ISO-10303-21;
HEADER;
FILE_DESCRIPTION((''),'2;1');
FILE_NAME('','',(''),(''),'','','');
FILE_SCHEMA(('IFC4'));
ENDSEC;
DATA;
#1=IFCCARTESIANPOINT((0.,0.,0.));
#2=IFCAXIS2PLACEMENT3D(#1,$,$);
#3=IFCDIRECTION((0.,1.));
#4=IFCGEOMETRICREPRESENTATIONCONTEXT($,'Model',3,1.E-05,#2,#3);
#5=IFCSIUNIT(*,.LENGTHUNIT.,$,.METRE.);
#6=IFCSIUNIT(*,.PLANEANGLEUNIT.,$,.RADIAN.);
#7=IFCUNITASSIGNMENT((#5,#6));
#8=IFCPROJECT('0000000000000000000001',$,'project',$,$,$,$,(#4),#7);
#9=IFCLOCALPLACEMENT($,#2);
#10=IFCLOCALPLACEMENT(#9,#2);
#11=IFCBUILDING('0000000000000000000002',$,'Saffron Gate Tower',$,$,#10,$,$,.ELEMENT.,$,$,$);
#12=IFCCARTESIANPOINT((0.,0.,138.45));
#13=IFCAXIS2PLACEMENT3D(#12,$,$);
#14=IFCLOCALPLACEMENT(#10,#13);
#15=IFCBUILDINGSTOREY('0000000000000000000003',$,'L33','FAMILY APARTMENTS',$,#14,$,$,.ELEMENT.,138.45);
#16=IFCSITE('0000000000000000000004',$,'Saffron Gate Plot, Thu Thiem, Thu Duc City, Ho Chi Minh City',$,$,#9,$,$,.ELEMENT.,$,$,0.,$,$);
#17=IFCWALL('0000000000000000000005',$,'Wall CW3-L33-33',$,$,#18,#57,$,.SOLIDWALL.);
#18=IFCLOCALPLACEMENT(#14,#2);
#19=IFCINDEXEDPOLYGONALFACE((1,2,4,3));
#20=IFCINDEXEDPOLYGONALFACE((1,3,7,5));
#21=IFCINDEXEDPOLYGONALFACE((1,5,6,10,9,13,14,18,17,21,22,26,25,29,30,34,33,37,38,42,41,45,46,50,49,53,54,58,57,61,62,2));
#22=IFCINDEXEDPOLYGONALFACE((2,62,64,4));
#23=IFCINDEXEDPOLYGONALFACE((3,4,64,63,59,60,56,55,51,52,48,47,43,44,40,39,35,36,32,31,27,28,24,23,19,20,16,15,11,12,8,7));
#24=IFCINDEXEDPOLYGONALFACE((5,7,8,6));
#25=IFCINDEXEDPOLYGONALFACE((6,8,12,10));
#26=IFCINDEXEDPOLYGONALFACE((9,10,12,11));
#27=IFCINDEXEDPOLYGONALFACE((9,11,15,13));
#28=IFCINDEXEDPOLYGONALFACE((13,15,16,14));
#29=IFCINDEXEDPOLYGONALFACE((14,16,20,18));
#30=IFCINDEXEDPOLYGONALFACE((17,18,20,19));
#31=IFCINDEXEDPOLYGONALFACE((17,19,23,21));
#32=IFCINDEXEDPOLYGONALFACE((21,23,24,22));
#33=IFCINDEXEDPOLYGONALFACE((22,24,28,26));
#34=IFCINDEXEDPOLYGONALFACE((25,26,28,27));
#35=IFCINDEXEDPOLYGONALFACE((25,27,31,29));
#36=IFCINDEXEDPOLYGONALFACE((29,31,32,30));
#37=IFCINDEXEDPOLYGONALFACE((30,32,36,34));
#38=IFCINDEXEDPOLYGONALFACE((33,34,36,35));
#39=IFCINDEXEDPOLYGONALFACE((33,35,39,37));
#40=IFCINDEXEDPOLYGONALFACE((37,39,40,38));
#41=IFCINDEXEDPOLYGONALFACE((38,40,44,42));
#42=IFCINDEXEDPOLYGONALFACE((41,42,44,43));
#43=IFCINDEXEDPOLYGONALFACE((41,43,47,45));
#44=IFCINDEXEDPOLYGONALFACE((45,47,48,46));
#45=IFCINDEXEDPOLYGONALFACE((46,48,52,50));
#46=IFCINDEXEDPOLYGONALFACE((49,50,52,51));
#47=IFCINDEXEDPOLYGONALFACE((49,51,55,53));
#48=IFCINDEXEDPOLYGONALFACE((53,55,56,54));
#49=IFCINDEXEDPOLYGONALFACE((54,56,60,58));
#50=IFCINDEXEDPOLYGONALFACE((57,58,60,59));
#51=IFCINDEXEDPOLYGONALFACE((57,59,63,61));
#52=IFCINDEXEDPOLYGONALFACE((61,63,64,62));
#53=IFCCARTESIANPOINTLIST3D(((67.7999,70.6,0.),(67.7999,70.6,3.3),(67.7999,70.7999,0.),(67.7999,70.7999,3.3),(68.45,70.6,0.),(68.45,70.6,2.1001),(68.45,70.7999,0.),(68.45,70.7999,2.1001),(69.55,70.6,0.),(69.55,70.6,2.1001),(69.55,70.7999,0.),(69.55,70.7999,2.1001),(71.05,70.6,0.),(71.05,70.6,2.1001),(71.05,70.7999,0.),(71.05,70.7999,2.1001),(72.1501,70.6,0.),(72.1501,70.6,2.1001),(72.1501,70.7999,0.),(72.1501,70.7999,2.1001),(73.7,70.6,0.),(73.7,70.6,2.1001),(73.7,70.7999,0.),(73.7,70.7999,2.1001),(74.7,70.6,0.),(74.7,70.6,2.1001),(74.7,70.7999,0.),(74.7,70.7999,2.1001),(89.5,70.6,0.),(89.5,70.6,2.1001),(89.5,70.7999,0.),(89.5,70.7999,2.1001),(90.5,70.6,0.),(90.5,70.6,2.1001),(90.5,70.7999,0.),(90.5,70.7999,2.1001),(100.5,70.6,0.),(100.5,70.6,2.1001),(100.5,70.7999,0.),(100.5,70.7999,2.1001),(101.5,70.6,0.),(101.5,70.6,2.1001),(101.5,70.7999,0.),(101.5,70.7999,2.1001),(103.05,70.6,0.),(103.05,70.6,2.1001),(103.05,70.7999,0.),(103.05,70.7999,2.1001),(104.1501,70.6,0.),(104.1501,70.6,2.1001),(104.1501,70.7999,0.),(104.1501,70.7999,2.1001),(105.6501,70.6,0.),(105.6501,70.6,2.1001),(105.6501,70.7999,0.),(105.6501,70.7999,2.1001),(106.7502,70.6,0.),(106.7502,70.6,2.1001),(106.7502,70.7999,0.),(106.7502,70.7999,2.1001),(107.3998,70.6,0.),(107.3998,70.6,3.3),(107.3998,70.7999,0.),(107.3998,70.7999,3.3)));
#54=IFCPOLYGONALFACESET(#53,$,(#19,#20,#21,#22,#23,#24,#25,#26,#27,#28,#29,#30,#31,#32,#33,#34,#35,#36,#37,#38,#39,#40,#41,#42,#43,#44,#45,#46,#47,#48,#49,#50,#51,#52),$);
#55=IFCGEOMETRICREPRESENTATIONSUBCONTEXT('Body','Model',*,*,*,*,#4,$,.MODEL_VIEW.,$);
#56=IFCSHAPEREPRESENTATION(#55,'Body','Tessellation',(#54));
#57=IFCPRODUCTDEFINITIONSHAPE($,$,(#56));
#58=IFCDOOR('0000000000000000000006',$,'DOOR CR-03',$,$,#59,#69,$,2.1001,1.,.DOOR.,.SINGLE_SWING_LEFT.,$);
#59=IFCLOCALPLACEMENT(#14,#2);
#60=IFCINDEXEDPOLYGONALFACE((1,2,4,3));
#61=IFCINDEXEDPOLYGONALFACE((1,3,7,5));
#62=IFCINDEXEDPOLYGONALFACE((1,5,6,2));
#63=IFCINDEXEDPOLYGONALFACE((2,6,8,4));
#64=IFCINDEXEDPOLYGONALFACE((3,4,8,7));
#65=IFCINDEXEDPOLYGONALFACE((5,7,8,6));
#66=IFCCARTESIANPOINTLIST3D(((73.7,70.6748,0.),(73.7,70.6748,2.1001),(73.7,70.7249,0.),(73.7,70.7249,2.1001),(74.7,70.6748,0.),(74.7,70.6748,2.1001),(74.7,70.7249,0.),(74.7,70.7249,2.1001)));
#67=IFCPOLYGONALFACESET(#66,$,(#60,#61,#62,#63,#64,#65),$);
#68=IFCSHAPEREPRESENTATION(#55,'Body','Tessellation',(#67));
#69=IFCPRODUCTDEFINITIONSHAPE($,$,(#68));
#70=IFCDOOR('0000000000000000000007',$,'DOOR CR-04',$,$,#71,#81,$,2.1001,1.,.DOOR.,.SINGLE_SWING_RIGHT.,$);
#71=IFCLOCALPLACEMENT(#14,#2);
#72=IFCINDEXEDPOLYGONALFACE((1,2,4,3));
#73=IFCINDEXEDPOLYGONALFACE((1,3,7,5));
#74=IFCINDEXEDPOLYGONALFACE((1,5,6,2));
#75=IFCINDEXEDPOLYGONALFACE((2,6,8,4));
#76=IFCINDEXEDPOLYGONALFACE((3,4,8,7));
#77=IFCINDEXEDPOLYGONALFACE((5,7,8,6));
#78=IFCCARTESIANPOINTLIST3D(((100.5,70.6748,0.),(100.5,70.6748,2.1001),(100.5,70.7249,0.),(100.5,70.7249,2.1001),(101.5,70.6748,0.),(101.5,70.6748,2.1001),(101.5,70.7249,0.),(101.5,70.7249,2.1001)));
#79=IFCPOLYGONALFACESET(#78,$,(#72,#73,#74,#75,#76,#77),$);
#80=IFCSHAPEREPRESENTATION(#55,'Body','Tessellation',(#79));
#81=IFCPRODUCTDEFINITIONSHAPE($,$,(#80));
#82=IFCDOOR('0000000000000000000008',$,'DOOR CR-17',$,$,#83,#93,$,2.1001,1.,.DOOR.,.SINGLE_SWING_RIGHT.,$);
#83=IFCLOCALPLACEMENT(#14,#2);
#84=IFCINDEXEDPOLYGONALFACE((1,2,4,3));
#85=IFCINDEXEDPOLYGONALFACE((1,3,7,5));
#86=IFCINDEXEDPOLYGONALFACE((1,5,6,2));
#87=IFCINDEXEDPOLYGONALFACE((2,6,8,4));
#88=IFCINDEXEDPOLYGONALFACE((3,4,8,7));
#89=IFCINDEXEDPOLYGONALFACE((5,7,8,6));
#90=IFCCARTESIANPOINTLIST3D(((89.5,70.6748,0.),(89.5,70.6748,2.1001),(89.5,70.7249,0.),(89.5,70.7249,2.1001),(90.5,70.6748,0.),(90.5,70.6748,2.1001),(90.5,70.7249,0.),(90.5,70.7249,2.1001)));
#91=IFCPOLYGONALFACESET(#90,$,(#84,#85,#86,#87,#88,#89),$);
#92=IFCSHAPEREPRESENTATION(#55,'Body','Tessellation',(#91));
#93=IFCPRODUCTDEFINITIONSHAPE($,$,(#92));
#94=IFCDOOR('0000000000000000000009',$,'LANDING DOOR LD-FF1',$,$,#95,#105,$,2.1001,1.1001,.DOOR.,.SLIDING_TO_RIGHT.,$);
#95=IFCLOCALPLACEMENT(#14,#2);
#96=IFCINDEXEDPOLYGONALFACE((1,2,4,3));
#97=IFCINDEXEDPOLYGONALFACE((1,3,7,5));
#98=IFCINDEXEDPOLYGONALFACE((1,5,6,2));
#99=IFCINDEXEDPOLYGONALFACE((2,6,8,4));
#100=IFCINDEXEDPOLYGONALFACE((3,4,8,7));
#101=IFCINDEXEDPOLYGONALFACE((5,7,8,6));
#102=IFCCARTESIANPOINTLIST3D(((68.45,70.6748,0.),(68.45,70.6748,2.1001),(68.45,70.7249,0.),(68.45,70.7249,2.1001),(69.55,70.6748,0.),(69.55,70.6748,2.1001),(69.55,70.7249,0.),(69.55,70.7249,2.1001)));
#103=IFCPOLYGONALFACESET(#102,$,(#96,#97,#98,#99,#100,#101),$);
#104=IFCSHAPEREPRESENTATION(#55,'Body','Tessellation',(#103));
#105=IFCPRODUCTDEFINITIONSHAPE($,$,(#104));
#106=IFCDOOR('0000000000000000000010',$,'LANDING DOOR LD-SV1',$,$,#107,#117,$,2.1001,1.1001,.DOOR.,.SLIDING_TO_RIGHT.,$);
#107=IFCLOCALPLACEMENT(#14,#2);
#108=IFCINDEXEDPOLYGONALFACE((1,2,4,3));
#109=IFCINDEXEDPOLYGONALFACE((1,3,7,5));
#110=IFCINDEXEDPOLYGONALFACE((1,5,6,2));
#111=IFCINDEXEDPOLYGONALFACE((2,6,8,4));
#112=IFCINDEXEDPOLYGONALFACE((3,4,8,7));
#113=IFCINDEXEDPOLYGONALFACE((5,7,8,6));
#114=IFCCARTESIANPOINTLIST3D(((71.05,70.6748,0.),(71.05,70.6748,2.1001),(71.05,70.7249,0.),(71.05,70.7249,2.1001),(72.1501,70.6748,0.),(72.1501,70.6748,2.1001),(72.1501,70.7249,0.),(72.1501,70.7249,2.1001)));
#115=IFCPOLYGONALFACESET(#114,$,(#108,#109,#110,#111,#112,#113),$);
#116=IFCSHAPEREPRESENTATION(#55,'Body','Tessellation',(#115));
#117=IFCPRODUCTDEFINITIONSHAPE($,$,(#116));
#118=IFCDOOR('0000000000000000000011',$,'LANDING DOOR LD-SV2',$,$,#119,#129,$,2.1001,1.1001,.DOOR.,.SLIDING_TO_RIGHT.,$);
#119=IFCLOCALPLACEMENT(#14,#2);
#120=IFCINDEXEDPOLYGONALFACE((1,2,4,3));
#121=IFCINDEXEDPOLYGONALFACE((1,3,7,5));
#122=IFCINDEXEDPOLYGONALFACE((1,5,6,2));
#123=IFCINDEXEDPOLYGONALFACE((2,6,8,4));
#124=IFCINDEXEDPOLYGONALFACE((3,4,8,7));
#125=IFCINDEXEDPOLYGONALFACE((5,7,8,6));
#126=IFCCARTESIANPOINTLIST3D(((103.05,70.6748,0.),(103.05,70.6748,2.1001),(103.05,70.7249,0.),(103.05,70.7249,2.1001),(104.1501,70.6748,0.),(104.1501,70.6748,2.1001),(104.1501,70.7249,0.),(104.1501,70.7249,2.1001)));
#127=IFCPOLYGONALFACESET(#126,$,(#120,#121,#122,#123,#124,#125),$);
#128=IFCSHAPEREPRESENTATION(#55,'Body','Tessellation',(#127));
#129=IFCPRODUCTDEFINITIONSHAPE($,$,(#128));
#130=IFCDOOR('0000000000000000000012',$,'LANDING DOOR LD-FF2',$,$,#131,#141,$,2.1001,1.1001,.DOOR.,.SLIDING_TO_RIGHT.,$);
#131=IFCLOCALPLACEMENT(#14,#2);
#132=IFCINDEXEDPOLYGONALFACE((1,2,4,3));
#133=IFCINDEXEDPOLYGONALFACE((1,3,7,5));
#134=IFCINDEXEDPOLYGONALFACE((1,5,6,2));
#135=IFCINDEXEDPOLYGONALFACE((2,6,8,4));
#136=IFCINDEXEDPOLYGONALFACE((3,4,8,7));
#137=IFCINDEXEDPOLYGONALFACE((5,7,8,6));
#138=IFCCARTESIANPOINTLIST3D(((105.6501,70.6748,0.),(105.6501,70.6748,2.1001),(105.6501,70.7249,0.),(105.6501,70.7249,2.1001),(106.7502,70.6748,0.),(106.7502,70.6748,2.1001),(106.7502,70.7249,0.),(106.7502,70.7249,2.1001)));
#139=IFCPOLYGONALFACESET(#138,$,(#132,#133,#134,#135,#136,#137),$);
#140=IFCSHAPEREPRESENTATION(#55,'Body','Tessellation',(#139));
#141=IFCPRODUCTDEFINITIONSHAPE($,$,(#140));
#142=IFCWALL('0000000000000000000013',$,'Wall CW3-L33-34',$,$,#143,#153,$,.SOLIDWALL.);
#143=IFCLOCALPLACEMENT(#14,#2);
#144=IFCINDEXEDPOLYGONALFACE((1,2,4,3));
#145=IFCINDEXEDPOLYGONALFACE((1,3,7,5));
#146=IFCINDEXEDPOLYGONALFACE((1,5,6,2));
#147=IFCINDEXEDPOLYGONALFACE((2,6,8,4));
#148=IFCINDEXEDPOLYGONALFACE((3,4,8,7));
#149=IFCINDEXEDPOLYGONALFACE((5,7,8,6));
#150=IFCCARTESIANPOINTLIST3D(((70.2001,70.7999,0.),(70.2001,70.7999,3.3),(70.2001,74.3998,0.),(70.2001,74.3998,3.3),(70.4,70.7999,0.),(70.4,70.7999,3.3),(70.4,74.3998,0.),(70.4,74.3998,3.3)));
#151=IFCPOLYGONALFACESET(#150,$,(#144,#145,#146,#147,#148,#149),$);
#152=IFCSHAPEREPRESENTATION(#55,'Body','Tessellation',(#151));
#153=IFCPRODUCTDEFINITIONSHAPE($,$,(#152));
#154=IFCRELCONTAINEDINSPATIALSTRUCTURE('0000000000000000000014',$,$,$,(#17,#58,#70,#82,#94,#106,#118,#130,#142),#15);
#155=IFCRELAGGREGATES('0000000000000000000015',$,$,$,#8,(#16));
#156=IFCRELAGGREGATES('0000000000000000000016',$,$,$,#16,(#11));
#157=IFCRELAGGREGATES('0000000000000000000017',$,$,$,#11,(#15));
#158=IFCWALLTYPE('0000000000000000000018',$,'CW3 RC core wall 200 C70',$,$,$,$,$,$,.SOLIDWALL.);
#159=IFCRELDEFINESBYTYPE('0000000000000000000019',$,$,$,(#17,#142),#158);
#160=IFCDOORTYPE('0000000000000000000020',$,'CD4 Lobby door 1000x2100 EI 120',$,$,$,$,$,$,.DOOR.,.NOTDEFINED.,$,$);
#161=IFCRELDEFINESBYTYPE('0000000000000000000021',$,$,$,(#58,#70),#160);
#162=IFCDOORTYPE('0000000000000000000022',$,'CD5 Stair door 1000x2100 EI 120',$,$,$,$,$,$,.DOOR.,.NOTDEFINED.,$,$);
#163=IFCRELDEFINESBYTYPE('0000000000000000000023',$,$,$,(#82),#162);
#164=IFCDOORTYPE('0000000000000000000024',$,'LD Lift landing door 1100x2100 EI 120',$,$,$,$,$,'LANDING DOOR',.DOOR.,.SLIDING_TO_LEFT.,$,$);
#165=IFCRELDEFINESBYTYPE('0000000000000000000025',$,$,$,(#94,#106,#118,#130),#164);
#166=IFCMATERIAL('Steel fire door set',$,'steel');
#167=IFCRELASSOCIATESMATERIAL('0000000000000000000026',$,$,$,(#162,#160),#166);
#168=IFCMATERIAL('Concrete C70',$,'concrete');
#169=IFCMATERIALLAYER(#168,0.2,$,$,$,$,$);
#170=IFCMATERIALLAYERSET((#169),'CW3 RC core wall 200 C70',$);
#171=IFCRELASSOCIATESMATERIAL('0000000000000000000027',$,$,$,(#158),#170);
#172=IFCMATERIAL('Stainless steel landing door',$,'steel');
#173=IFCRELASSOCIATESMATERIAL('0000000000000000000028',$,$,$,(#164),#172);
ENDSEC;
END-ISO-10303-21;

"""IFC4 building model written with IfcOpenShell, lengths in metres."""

from ifc_helpers import new_model, si_unit, direction, frame, frame_2d, origin, place, context, subcontext, project, spatial, rectangle, extrude, material, layer, layer_set, type_object, element, fill, save


model = new_model("IFC4")

# Units and contexts
model_context = context("Model", 3, precision=1e-05, world=origin(), true_north=direction((0.0, 1.0)))
body_context = subcontext(model_context, "Body", "Model", "MODEL_VIEW")
ifc_project = project(units=[si_unit("LENGTHUNIT", "METRE"), si_unit("PLANEANGLEUNIT", "RADIAN")], contexts=[model_context])

# Site, building, storey
site_placement = place(None, origin())
site = spatial("IfcSite", under=ifc_project, at=site_placement, Name="Saffron Gate Plot, Thu Thiem, Thu Duc City, Ho Chi Minh City", CompositionType="ELEMENT", RefElevation=0.0)
building_placement = place(site_placement, origin())
building = spatial("IfcBuilding", under=site, at=building_placement, Name="Saffron Gate Tower", CompositionType="ELEMENT")
storey_placement = place(building_placement, frame((0.0, 0.0, 138.45)))
storey = spatial("IfcBuildingStorey", under=building, at=storey_placement, Name="L33", Description="FAMILY APARTMENTS", CompositionType="ELEMENT", Elevation=138.45)

# Wall, openings, doors
ifc_material_1 = material(Name="Concrete C70", Category="concrete")
ifc_material_2 = material(Name="Steel fire door set", Category="steel")
door_type_1 = type_object("IfcDoorType", Name="CD5 Stair door 1000x2100 EI 120", OperationType="NOTDEFINED", PredefinedType="DOOR", material=ifc_material_2)
ifc_layer_1 = layer(ifc_material_1, 0.2)
ifc_layer_set_1 = layer_set([ifc_layer_1], Name="CW3 RC core wall 200 C70")
wall_type_1 = type_object("IfcWallType", Name="CW3 RC core wall 200 C70", PredefinedType="SOLIDWALL", material=ifc_layer_set_1)
wall_1_placement = place(storey_placement, frame((67.8, 70.7, 0.0), z_axis=(0.0, 0.0, 1.0), x_axis=(1.0, 0.0, 0.0)))
wall_1 = element("IfcWall", 1, at=wall_1_placement, inside=storey, type_object=wall_type_1, Name="Wall CW3-L33-33", PredefinedType="SOLIDWALL", context=body_context, shape_type="SweptSolid", body=[
    extrude(rectangle(XDim=39.5999, YDim=0.2, at=frame_2d((19.7998, 0.0))), origin(), (0.0, 0.0, 1.0), 3.3),
])
opening_1_placement = place(wall_1_placement, frame((0.6499, 0.0, 0.0)))
opening_1 = element("IfcOpeningElement", 2, at=opening_1_placement, cuts=wall_1, PredefinedType="OPENING", context=body_context, shape_type="SweptSolid", body=[
    extrude(rectangle(XDim=1.1001, YDim=2.1001, at=frame_2d((0.55, 1.05))), frame((0.0, 0.1099, 0.0), z_axis=(0.0, -1.0, 0.0), x_axis=(1.0, 0.0, 0.0)), (0.0, 0.0, 1.0), 0.22),
])
opening_2_placement = place(wall_1_placement, frame((3.25, 0.0, 0.0)))
opening_2 = element("IfcOpeningElement", 3, at=opening_2_placement, cuts=wall_1, PredefinedType="OPENING", context=body_context, shape_type="SweptSolid", body=[
    extrude(rectangle(XDim=1.1001, YDim=2.1001, at=frame_2d((0.55, 1.05))), frame((0.0, 0.1099, 0.0), z_axis=(0.0, -1.0, 0.0), x_axis=(1.0, 0.0, 0.0)), (0.0, 0.0, 1.0), 0.22),
])
opening_3_placement = place(wall_1_placement, frame((5.8999, 0.0, 0.0)))
opening_3 = element("IfcOpeningElement", 4, at=opening_3_placement, cuts=wall_1, PredefinedType="OPENING", context=body_context, shape_type="SweptSolid", body=[
    extrude(rectangle(XDim=1.0, YDim=2.1001, at=frame_2d((0.5, 1.05))), frame((0.0, 0.1099, 0.0), z_axis=(0.0, -1.0, 0.0), x_axis=(1.0, 0.0, 0.0)), (0.0, 0.0, 1.0), 0.22),
])
opening_4_placement = place(wall_1_placement, frame((21.7, 0.0, 0.0)))
opening_4 = element("IfcOpeningElement", 5, at=opening_4_placement, cuts=wall_1, PredefinedType="OPENING", context=body_context, shape_type="SweptSolid", body=[
    extrude(rectangle(XDim=1.0, YDim=2.1001, at=frame_2d((0.5, 1.05))), frame((0.0, 0.1099, 0.0), z_axis=(0.0, -1.0, 0.0), x_axis=(1.0, 0.0, 0.0)), (0.0, 0.0, 1.0), 0.22),
])
opening_5_placement = place(wall_1_placement, frame((32.7, 0.0, 0.0)))
opening_5 = element("IfcOpeningElement", 6, at=opening_5_placement, cuts=wall_1, PredefinedType="OPENING", context=body_context, shape_type="SweptSolid", body=[
    extrude(rectangle(XDim=1.0, YDim=2.1001, at=frame_2d((0.5, 1.05))), frame((0.0, 0.1099, 0.0), z_axis=(0.0, -1.0, 0.0), x_axis=(1.0, 0.0, 0.0)), (0.0, 0.0, 1.0), 0.22),
])
opening_6_placement = place(wall_1_placement, frame((35.25, 0.0, 0.0)))
opening_6 = element("IfcOpeningElement", 7, at=opening_6_placement, cuts=wall_1, PredefinedType="OPENING", context=body_context, shape_type="SweptSolid", body=[
    extrude(rectangle(XDim=1.1001, YDim=2.1001, at=frame_2d((0.55, 1.05))), frame((0.0, 0.1099, 0.0), z_axis=(0.0, -1.0, 0.0), x_axis=(1.0, 0.0, 0.0)), (0.0, 0.0, 1.0), 0.22),
])
opening_7_placement = place(wall_1_placement, frame((37.8501, 0.0, 0.0)))
opening_7 = element("IfcOpeningElement", 8, at=opening_7_placement, cuts=wall_1, PredefinedType="OPENING", context=body_context, shape_type="SweptSolid", body=[
    extrude(rectangle(XDim=1.1001, YDim=2.1001, at=frame_2d((0.55, 1.05))), frame((0.0, 0.1099, 0.0), z_axis=(0.0, -1.0, 0.0), x_axis=(1.0, 0.0, 0.0)), (0.0, 0.0, 1.0), 0.22),
])
door_type_2 = type_object("IfcDoorType", Name="CD4 Lobby door 1000x2100 EI 120", OperationType="NOTDEFINED", PredefinedType="DOOR", material=ifc_material_2)
door_1_placement = place(opening_3_placement, origin())
door_1 = element("IfcDoor", 9, at=door_1_placement, inside=storey, type_object=door_type_2, Name="DOOR CR-03", OperationType="SINGLE_SWING_LEFT", OverallHeight=2.1001, OverallWidth=1.0, PredefinedType="DOOR", context=body_context, shape_type="SweptSolid", body=[
    extrude(rectangle(XDim=1.0, YDim=2.1001, at=frame_2d((0.5, 1.05))), frame((0.0, 0.0249, 0.0), z_axis=(0.0, -1.0, 0.0), x_axis=(1.0, 0.0, 0.0)), (0.0, 0.0, 1.0), 0.05),
])
fill(opening_3, door_1)
door_2_placement = place(opening_5_placement, origin())
door_2 = element("IfcDoor", 10, at=door_2_placement, inside=storey, type_object=door_type_2, Name="DOOR CR-04", OperationType="SINGLE_SWING_RIGHT", OverallHeight=2.1001, OverallWidth=1.0, PredefinedType="DOOR", context=body_context, shape_type="SweptSolid", body=[
    extrude(rectangle(XDim=1.0, YDim=2.1001, at=frame_2d((0.5, 1.05))), frame((0.0, 0.0249, 0.0), z_axis=(0.0, -1.0, 0.0), x_axis=(1.0, 0.0, 0.0)), (0.0, 0.0, 1.0), 0.05),
])
fill(opening_5, door_2)
door_3_placement = place(opening_4_placement, origin())
door_3 = element("IfcDoor", 11, at=door_3_placement, inside=storey, type_object=door_type_1, Name="DOOR CR-17", OperationType="SINGLE_SWING_RIGHT", OverallHeight=2.1001, OverallWidth=1.0, PredefinedType="DOOR", context=body_context, shape_type="SweptSolid", body=[
    extrude(rectangle(XDim=1.0, YDim=2.1001, at=frame_2d((0.5, 1.05))), frame((0.0, 0.0249, 0.0), z_axis=(0.0, -1.0, 0.0), x_axis=(1.0, 0.0, 0.0)), (0.0, 0.0, 1.0), 0.05),
])
fill(opening_4, door_3)
ifc_material_3 = material(Name="Stainless steel landing door", Category="steel")
door_type_3 = type_object("IfcDoorType", Name="LD Lift landing door 1100x2100 EI 120", ElementType="LANDING DOOR", OperationType="SLIDING_TO_LEFT", PredefinedType="DOOR", material=ifc_material_3)
door_4_placement = place(opening_1_placement, origin())
door_4 = element("IfcDoor", 12, at=door_4_placement, inside=storey, type_object=door_type_3, Name="LANDING DOOR LD-FF1", OperationType="SLIDING_TO_RIGHT", OverallHeight=2.1001, OverallWidth=1.1001, PredefinedType="DOOR", context=body_context, shape_type="SweptSolid", body=[
    extrude(rectangle(XDim=1.1001, YDim=2.1001, at=frame_2d((0.55, 1.05))), frame((0.0, 0.0249, 0.0), z_axis=(0.0, -1.0, 0.0), x_axis=(1.0, 0.0, 0.0)), (0.0, 0.0, 1.0), 0.05),
])
fill(opening_1, door_4)
door_5_placement = place(opening_2_placement, origin())
door_5 = element("IfcDoor", 13, at=door_5_placement, inside=storey, type_object=door_type_3, Name="LANDING DOOR LD-SV1", OperationType="SLIDING_TO_RIGHT", OverallHeight=2.1001, OverallWidth=1.1001, PredefinedType="DOOR", context=body_context, shape_type="SweptSolid", body=[
    extrude(rectangle(XDim=1.1001, YDim=2.1001, at=frame_2d((0.55, 1.05))), frame((0.0, 0.0249, 0.0), z_axis=(0.0, -1.0, 0.0), x_axis=(1.0, 0.0, 0.0)), (0.0, 0.0, 1.0), 0.05),
])
fill(opening_2, door_5)
door_6_placement = place(opening_6_placement, origin())
door_6 = element("IfcDoor", 14, at=door_6_placement, inside=storey, type_object=door_type_3, Name="LANDING DOOR LD-SV2", OperationType="SLIDING_TO_RIGHT", OverallHeight=2.1001, OverallWidth=1.1001, PredefinedType="DOOR", context=body_context, shape_type="SweptSolid", body=[
    extrude(rectangle(XDim=1.1001, YDim=2.1001, at=frame_2d((0.55, 1.05))), frame((0.0, 0.0249, 0.0), z_axis=(0.0, -1.0, 0.0), x_axis=(1.0, 0.0, 0.0)), (0.0, 0.0, 1.0), 0.05),
])
fill(opening_6, door_6)
door_7_placement = place(opening_7_placement, origin())
door_7 = element("IfcDoor", 15, at=door_7_placement, inside=storey, type_object=door_type_3, Name="LANDING DOOR LD-FF2", OperationType="SLIDING_TO_RIGHT", OverallHeight=2.1001, OverallWidth=1.1001, PredefinedType="DOOR", context=body_context, shape_type="SweptSolid", body=[
    extrude(rectangle(XDim=1.1001, YDim=2.1001, at=frame_2d((0.55, 1.05))), frame((0.0, 0.0249, 0.0), z_axis=(0.0, -1.0, 0.0), x_axis=(1.0, 0.0, 0.0)), (0.0, 0.0, 1.0), 0.05),
])
fill(opening_7, door_7)

# Wall
wall_2_placement = place(storey_placement, frame((70.3, 70.8, 0.0), z_axis=(0.0, 0.0, 1.0), x_axis=(0.0, 1.0, 0.0)))
element("IfcWall", 16, at=wall_2_placement, inside=storey, type_object=wall_type_1, Name="Wall CW3-L33-34", PredefinedType="SOLIDWALL", context=body_context, shape_type="SweptSolid", body=[
    extrude(rectangle(XDim=3.5999, YDim=0.2, at=frame_2d((1.7998, 0.0))), origin(), (0.0, 0.0, 1.0), 3.3),
])

save(model, "model.ifc")
